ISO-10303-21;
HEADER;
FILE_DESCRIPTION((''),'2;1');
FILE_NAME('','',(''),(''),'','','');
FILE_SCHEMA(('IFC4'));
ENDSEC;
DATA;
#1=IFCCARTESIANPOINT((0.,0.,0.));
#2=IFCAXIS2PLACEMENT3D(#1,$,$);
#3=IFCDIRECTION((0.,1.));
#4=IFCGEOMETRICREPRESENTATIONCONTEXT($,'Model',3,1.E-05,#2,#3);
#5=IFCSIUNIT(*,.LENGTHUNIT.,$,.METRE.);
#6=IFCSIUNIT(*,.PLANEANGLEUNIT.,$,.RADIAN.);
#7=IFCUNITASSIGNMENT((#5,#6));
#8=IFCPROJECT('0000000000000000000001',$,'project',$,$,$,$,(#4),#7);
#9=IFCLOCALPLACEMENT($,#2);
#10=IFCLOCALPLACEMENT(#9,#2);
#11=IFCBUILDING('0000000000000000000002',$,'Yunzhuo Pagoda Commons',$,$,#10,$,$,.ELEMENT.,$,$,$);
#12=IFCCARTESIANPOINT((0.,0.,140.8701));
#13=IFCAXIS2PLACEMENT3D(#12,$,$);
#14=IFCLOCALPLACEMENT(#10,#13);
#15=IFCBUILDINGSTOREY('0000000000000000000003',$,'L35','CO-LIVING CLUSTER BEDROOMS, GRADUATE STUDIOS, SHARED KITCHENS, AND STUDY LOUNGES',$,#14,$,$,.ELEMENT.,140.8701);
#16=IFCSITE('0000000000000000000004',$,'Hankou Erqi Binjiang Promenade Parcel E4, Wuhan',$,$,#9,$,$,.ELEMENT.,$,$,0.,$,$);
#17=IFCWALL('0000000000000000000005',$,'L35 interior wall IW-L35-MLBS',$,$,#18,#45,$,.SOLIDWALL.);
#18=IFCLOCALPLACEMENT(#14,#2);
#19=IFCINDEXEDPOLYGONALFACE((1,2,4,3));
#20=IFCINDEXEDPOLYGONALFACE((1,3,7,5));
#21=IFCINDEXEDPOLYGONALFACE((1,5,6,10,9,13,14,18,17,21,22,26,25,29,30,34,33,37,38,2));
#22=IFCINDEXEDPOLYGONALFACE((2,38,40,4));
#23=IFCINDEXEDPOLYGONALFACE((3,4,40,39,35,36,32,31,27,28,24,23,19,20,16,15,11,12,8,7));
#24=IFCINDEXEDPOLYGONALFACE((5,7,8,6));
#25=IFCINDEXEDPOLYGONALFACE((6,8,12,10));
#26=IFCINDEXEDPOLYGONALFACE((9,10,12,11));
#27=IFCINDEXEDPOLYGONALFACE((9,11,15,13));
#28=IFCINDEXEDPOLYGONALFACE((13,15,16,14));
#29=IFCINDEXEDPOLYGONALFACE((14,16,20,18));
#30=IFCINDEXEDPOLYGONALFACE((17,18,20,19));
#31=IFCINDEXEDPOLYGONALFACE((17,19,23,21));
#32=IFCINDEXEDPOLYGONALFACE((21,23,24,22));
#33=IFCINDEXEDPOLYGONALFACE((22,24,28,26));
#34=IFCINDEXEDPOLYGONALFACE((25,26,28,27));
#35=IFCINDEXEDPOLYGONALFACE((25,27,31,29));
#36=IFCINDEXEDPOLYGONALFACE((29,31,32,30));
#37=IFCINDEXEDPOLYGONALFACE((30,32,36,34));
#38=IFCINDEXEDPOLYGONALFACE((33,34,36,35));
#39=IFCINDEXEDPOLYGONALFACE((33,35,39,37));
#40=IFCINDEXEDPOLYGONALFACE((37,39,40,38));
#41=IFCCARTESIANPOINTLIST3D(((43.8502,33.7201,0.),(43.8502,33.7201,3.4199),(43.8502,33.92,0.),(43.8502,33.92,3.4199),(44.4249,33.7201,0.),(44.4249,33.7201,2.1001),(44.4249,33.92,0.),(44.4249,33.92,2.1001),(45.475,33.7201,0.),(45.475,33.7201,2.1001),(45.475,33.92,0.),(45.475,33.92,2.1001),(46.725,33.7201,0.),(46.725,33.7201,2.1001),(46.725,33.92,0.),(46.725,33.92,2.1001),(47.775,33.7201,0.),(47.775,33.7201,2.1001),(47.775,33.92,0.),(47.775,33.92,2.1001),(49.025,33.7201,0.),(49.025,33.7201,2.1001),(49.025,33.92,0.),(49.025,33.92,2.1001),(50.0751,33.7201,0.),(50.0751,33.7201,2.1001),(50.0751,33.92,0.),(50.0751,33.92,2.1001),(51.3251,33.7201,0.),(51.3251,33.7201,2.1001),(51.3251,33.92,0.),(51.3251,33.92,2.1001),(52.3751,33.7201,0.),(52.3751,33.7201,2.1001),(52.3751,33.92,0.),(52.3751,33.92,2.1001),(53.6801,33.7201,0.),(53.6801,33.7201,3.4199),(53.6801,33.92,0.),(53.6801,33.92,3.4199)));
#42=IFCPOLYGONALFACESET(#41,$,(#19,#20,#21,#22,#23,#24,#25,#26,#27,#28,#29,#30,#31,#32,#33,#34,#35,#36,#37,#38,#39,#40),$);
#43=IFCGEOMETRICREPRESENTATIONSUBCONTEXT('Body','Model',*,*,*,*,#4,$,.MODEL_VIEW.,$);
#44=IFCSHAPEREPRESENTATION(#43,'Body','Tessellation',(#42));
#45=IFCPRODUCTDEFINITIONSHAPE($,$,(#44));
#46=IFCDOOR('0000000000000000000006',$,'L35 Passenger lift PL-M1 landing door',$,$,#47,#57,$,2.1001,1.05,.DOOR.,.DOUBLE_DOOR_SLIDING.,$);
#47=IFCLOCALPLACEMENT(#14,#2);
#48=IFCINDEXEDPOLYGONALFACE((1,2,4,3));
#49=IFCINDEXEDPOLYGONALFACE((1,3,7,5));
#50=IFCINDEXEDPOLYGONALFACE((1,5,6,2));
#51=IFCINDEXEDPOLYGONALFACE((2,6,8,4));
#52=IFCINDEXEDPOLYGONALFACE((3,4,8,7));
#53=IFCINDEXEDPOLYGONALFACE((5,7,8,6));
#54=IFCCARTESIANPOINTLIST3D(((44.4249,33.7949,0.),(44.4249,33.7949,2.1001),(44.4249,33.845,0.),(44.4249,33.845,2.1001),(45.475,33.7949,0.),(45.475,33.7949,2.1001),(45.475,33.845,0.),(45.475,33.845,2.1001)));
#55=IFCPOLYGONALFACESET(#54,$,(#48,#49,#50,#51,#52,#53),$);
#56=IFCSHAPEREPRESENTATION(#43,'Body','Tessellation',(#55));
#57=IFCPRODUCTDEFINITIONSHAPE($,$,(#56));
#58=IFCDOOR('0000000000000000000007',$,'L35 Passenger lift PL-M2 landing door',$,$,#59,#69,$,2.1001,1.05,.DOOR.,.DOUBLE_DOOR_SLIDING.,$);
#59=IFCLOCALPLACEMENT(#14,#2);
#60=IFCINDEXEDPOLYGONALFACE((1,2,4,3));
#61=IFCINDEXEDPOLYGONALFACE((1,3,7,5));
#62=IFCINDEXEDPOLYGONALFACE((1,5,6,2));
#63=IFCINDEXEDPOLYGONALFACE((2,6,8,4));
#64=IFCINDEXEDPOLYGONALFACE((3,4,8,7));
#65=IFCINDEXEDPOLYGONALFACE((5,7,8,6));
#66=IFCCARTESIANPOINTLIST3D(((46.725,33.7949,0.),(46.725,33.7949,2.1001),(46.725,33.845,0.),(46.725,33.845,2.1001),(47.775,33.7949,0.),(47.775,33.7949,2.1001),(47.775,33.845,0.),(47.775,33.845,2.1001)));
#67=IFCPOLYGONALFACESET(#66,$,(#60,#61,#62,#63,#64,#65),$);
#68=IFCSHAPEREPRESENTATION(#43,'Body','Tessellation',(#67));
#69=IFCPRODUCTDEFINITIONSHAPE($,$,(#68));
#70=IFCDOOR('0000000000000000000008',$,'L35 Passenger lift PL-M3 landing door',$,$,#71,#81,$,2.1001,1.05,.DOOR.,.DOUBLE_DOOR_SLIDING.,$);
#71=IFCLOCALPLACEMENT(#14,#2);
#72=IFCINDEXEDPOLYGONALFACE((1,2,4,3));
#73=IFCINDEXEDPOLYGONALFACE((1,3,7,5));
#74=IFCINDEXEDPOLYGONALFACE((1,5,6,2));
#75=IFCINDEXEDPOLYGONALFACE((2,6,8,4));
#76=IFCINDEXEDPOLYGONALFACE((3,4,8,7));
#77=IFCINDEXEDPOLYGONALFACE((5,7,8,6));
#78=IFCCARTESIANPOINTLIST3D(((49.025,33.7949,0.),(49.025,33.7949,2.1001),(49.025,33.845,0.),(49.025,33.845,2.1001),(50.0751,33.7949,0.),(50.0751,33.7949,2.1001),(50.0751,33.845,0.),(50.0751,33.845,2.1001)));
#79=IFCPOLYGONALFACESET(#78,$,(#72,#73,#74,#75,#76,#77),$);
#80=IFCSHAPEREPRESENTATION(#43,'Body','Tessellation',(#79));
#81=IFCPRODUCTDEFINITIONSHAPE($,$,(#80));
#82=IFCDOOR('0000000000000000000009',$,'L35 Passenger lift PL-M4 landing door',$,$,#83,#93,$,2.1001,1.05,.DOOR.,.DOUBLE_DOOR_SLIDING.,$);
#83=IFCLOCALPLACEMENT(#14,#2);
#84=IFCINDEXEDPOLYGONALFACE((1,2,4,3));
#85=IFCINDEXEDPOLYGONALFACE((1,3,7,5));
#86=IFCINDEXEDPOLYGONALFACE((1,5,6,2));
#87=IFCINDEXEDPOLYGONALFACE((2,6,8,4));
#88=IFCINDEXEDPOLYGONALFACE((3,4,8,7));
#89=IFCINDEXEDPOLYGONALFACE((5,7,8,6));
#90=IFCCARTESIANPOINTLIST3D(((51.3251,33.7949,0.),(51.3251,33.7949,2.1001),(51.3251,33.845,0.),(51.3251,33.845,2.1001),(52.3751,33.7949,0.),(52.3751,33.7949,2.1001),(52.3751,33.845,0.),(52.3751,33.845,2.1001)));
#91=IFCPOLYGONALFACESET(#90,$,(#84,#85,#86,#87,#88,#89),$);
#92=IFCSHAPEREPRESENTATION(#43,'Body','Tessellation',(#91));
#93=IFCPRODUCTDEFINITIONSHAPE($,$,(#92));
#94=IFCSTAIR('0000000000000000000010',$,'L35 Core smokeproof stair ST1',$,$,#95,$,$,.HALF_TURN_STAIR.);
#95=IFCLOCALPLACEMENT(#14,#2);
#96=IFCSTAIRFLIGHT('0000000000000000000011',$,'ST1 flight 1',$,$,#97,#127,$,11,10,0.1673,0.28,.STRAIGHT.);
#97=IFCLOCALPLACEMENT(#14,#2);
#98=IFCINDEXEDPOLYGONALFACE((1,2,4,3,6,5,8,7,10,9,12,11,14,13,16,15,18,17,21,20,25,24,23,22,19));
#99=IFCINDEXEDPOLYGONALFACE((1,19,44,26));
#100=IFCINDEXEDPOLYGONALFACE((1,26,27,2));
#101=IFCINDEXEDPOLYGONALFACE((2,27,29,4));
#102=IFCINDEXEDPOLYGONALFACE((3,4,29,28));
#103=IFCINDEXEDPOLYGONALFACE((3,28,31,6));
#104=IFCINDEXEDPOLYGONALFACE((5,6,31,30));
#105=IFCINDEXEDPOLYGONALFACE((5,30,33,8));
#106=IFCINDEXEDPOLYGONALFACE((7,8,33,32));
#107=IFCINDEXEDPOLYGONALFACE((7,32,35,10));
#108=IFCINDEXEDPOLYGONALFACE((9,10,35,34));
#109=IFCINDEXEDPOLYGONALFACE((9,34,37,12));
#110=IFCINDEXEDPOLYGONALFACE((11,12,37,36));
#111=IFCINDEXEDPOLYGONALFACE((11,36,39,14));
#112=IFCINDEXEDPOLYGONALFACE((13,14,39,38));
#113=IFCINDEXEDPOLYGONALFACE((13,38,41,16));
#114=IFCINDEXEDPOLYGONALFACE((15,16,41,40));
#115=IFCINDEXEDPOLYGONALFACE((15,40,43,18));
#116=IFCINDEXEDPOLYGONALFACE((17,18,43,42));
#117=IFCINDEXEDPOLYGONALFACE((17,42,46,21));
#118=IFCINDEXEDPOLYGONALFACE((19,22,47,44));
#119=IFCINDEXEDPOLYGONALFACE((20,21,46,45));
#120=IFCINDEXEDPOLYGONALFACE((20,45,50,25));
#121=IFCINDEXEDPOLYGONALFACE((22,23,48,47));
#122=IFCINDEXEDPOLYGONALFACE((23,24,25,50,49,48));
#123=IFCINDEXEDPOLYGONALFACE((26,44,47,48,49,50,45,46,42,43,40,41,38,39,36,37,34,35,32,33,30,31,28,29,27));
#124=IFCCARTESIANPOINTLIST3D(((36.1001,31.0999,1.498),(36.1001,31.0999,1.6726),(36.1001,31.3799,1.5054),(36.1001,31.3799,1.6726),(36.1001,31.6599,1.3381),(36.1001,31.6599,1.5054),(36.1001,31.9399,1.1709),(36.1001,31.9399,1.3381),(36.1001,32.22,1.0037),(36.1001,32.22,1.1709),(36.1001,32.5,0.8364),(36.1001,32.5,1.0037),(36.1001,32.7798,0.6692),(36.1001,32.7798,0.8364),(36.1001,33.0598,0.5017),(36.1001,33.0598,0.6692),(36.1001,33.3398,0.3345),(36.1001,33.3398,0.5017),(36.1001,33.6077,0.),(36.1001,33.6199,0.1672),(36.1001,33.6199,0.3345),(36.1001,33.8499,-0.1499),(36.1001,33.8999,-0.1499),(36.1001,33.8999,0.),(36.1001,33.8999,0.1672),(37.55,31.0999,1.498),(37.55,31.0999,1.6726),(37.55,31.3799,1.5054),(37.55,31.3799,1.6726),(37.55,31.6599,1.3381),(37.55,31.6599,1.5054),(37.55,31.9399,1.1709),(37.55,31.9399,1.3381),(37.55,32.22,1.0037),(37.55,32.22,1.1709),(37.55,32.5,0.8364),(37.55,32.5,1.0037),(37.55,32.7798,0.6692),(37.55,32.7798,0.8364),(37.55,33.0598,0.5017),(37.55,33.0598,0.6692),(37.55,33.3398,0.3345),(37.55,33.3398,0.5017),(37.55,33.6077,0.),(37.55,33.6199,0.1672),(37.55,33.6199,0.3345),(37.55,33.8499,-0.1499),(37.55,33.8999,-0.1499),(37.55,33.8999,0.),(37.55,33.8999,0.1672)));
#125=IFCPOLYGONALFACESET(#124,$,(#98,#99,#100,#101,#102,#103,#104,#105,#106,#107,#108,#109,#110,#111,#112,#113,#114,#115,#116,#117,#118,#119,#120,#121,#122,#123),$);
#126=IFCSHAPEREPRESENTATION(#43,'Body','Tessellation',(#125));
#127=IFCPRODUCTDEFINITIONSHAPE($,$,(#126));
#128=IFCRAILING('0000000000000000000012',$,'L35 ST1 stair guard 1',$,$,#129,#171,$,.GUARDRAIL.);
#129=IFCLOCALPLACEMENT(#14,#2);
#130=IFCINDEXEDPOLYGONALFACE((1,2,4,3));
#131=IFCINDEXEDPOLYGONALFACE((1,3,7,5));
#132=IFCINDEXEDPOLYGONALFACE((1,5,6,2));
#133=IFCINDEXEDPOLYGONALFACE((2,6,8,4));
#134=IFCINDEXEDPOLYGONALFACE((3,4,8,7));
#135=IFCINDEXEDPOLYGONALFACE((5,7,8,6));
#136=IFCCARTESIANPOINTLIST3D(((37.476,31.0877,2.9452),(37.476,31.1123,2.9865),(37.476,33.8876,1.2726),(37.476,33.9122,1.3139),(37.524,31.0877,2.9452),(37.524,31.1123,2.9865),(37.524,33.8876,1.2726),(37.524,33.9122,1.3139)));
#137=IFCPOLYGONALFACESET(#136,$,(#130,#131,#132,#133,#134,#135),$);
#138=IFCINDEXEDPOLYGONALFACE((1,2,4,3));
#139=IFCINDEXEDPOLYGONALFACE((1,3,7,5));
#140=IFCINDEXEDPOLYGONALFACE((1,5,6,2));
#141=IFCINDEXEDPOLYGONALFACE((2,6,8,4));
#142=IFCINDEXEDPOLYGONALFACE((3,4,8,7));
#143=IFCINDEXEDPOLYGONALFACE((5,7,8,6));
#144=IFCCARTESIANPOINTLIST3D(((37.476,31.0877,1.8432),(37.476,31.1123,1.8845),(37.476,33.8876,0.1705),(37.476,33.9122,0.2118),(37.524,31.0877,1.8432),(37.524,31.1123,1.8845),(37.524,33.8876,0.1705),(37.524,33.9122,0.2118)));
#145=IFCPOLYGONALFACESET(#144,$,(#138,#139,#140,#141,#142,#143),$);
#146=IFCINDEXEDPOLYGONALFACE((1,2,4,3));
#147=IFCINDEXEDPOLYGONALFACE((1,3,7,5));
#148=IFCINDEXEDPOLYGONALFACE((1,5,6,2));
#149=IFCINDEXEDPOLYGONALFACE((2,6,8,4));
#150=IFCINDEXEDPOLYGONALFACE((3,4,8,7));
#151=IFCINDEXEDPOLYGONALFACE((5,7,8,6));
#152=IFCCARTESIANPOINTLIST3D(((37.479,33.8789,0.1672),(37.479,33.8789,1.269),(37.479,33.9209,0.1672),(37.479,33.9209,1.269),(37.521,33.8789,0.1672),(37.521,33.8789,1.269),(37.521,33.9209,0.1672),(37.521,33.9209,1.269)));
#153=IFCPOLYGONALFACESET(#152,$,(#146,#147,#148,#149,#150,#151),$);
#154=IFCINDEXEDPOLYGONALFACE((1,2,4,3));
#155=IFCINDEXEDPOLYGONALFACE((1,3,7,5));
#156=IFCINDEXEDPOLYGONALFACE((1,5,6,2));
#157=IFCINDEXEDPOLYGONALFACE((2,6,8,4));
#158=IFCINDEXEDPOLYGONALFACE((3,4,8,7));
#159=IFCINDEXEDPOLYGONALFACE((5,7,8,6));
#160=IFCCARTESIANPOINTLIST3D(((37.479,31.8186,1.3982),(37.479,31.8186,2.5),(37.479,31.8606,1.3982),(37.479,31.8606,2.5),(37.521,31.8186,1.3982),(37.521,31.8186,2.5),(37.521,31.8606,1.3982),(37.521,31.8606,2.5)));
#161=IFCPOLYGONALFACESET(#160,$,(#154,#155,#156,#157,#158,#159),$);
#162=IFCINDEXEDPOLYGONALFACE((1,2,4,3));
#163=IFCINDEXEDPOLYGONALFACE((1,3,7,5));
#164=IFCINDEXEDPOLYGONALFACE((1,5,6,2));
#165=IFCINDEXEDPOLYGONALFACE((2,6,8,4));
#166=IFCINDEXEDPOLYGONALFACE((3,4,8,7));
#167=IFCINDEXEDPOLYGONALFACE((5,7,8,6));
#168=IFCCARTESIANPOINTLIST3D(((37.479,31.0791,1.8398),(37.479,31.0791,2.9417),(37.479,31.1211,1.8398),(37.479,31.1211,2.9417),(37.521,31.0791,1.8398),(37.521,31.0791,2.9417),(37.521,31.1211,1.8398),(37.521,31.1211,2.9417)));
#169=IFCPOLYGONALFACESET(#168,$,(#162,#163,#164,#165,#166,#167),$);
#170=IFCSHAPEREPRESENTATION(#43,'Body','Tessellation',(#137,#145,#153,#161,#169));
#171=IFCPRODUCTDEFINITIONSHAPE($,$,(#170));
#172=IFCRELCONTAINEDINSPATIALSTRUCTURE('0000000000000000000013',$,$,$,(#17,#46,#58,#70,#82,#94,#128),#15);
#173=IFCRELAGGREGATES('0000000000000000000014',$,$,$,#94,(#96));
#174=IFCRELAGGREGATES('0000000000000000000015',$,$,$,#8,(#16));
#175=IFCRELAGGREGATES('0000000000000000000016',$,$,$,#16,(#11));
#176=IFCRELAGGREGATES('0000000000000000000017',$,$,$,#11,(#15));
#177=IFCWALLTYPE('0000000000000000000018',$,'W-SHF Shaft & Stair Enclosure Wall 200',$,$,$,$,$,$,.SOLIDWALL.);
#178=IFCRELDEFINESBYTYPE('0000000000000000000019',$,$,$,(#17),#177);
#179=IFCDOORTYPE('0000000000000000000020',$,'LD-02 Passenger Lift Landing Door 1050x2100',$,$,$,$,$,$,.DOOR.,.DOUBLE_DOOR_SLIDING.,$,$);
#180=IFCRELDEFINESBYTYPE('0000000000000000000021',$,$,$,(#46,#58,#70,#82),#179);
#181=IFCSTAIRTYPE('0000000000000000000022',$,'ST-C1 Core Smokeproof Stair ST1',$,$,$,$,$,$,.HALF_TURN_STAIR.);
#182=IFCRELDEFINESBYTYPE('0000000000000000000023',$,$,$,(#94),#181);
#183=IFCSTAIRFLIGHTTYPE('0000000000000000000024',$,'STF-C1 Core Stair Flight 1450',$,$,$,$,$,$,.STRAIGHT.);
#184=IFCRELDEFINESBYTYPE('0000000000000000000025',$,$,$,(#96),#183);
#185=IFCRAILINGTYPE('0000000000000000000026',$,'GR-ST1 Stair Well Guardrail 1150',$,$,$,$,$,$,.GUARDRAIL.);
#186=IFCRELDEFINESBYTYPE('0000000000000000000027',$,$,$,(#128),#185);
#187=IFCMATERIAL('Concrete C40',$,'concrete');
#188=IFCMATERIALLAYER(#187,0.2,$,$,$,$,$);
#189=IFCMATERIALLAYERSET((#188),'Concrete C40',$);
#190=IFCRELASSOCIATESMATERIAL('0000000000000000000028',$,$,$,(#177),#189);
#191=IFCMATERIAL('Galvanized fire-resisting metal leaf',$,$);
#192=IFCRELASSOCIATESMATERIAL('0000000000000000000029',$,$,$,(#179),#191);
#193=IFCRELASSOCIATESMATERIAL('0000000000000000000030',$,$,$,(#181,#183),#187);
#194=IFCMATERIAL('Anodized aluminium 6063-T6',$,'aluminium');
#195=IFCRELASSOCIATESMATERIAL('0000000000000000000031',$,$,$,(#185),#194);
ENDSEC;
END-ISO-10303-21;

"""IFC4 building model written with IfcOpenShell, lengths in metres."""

from ifc_helpers import new_model, si_unit, direction, frame, frame_2d, origin, origin_with_axes, origin_2d, place, context, subcontext, project, spatial, polyline, rectangle, outline, extrude, source, transform, mapped, material, layer, layer_set, type_object, element, fill, aggregate, save


model = new_model("IFC4")

# Units and contexts
model_context = context("Model", 3, precision=1e-05, world=origin(), true_north=direction((0.0, 1.0)))
body_context = subcontext(model_context, "Body", "Model", "MODEL_VIEW")
ifc_project = project(units=[si_unit("LENGTHUNIT", "METRE"), si_unit("PLANEANGLEUNIT", "RADIAN")], contexts=[model_context])

# Site, building, storey
site_placement = place(None, origin())
site = spatial("IfcSite", under=ifc_project, at=site_placement, Name="Hankou Erqi Binjiang Promenade Parcel E4, Wuhan", CompositionType="ELEMENT", RefElevation=0.0)
building_placement = place(site_placement, origin())
building = spatial("IfcBuilding", under=site, at=building_placement, Name="Yunzhuo Pagoda Commons", CompositionType="ELEMENT")
storey_placement = place(building_placement, frame((0.0, 0.0, 140.8701)))
storey = spatial("IfcBuildingStorey", under=building, at=storey_placement, Name="L35", Description="CO-LIVING CLUSTER BEDROOMS, GRADUATE STUDIOS, SHARED KITCHENS, AND STUDY LOUNGES", CompositionType="ELEMENT", Elevation=140.8701)

# Shared definitions
ifc_material_1 = material(Name="Galvanized fire-resisting metal leaf")
shared_shape_1 = source(origin(), body_context, "Body", "SweptSolid", [
    extrude(rectangle(XDim=1.05, YDim=2.1001, at=frame_2d((0.5249, 1.05))), frame((0.0, 0.0249, 0.0), z_axis=(0.0, -1.0, 0.0), x_axis=(1.0, 0.0, 0.0)), (0.0, 0.0, 1.0), 0.05),
])
ifc_material_2 = material(Name="Concrete C40", Category="concrete")
ifc_layer_1 = layer(ifc_material_2, 0.2)
ifc_layer_set_1 = layer_set([ifc_layer_1], Name="Concrete C40")
wall_type_1 = type_object("IfcWallType", Name="W-SHF Shaft & Stair Enclosure Wall 200", PredefinedType="SOLIDWALL", material=ifc_layer_set_1)
door_type_1 = type_object("IfcDoorType", Name="LD-02 Passenger Lift Landing Door 1050x2100", OperationType="DOUBLE_DOOR_SLIDING", PredefinedType="DOOR", material=ifc_material_1)

# Wall, openings, doors
wall_1_placement = place(storey_placement, frame((43.8501, 33.8201, 0.0), z_axis=(0.0, 0.0, 1.0), x_axis=(1.0, 0.0, 0.0)))
wall_1 = element("IfcWall", 1, at=wall_1_placement, inside=storey, type_object=wall_type_1, Name="L35 interior wall IW-L35-MLBS", PredefinedType="SOLIDWALL", context=body_context, shape_type="SweptSolid", body=[
    extrude(rectangle(XDim=9.8298, YDim=0.2, at=frame_2d((4.915, 0.0))), origin(), (0.0, 0.0, 1.0), 3.4199),
])
opening_1_placement = place(wall_1_placement, frame((0.575, 0.0, 0.0)))
opening_1 = element("IfcOpeningElement", 2, at=opening_1_placement, cuts=wall_1, PredefinedType="OPENING", context=body_context, shape_type="SweptSolid", body=[
    extrude(rectangle(XDim=1.05, YDim=2.1001, at=frame_2d((0.5249, 1.05))), frame((0.0, 0.1099, 0.0), z_axis=(0.0, -1.0, 0.0), x_axis=(1.0, 0.0, 0.0)), (0.0, 0.0, 1.0), 0.22),
])
opening_2_placement = place(wall_1_placement, frame((2.875, 0.0, 0.0)))
opening_2 = element("IfcOpeningElement", 3, at=opening_2_placement, cuts=wall_1, PredefinedType="OPENING", context=body_context, shape_type="SweptSolid", body=[
    extrude(rectangle(XDim=1.05, YDim=2.1001, at=frame_2d((0.5249, 1.05))), frame((0.0, 0.1099, 0.0), z_axis=(0.0, -1.0, 0.0), x_axis=(1.0, 0.0, 0.0)), (0.0, 0.0, 1.0), 0.22),
])
opening_3_placement = place(wall_1_placement, frame((5.175, 0.0, 0.0)))
opening_3 = element("IfcOpeningElement", 4, at=opening_3_placement, cuts=wall_1, PredefinedType="OPENING", context=body_context, shape_type="SweptSolid", body=[
    extrude(rectangle(XDim=1.05, YDim=2.1001, at=frame_2d((0.5249, 1.05))), frame((0.0, 0.1099, 0.0), z_axis=(0.0, -1.0, 0.0), x_axis=(1.0, 0.0, 0.0)), (0.0, 0.0, 1.0), 0.22),
])
opening_4_placement = place(wall_1_placement, frame((7.4751, 0.0, 0.0)))
opening_4 = element("IfcOpeningElement", 5, at=opening_4_placement, cuts=wall_1, PredefinedType="OPENING", context=body_context, shape_type="SweptSolid", body=[
    extrude(rectangle(XDim=1.05, YDim=2.1001, at=frame_2d((0.5249, 1.05))), frame((0.0, 0.1099, 0.0), z_axis=(0.0, -1.0, 0.0), x_axis=(1.0, 0.0, 0.0)), (0.0, 0.0, 1.0), 0.22),
])
door_1_placement = place(opening_1_placement, origin_with_axes())
door_1 = element("IfcDoor", 6, at=door_1_placement, inside=storey, type_object=door_type_1, Name="L35 Passenger lift PL-M1 landing door", OperationType="DOUBLE_DOOR_SLIDING", OverallHeight=2.1001, OverallWidth=1.05, PredefinedType="DOOR", context=body_context, shape_type="MappedRepresentation", body=[
    mapped(shared_shape_1, transform((0.0, 0.0, 0.0), scale=1.0)),
])
fill(opening_1, door_1)
door_2_placement = place(opening_2_placement, origin_with_axes())
door_2 = element("IfcDoor", 7, at=door_2_placement, inside=storey, type_object=door_type_1, Name="L35 Passenger lift PL-M2 landing door", OperationType="DOUBLE_DOOR_SLIDING", OverallHeight=2.1001, OverallWidth=1.05, PredefinedType="DOOR", context=body_context, shape_type="MappedRepresentation", body=[
    mapped(shared_shape_1, transform((0.0, 0.0, 0.0), scale=1.0)),
])
fill(opening_2, door_2)
door_3_placement = place(opening_3_placement, origin_with_axes())
door_3 = element("IfcDoor", 8, at=door_3_placement, inside=storey, type_object=door_type_1, Name="L35 Passenger lift PL-M3 landing door", OperationType="DOUBLE_DOOR_SLIDING", OverallHeight=2.1001, OverallWidth=1.05, PredefinedType="DOOR", context=body_context, shape_type="MappedRepresentation", body=[
    mapped(shared_shape_1, transform((0.0, 0.0, 0.0), scale=1.0)),
])
fill(opening_3, door_3)
door_4_placement = place(opening_4_placement, origin_with_axes())
door_4 = element("IfcDoor", 9, at=door_4_placement, inside=storey, type_object=door_type_1, Name="L35 Passenger lift PL-M4 landing door", OperationType="DOUBLE_DOOR_SLIDING", OverallHeight=2.1001, OverallWidth=1.05, PredefinedType="DOOR", context=body_context, shape_type="MappedRepresentation", body=[
    mapped(shared_shape_1, transform((0.0, 0.0, 0.0), scale=1.0)),
])
fill(opening_4, door_4)

# Stair, stair flight
stair_type = type_object("IfcStairType", Name="ST-C1 Core Smokeproof Stair ST1", PredefinedType="HALF_TURN_STAIR", material=ifc_material_2)
stair_placement = place(storey_placement, origin())
stair = element("IfcStair", 10, at=stair_placement, inside=storey, type_object=stair_type, Name="L35 Core smokeproof stair ST1", PredefinedType="HALF_TURN_STAIR")
stair_flight_type = type_object("IfcStairFlightType", Name="STF-C1 Core Stair Flight 1450", PredefinedType="STRAIGHT", material=ifc_material_2)
shared_shape_2 = source(origin(), body_context, "Body", "SweptSolid", [
    extrude(outline(polyline([(0.0, -0.1499), (0.0, 0.0), (0.0, 0.1672), (0.28, 0.1672), (0.28, 0.3345), (0.5601, 0.3345), (0.5601, 0.5017), (0.8401, 0.5017), (0.8401, 0.6692), (1.1201, 0.6692), (1.1201, 0.8364), (1.3999, 0.8364), (1.3999, 1.0037), (1.6799, 1.0037), (1.6799, 1.1709), (1.96, 1.1709), (1.96, 1.3381), (2.24, 1.3381), (2.24, 1.5054), (2.52, 1.5054), (2.52, 1.6726), (2.8, 1.6726), (2.8, 1.8401), (2.8, 1.498), (0.2922, 0.0), (0.05, -0.1499), (0.0, -0.1499)])), frame((0.0, 0.7251, 0.0), z_axis=(0.0, -1.0, 0.0), x_axis=(1.0, 0.0, 0.0)), (0.0, 0.0, 1.0), 1.45),
])
stair_flight_placement = place(storey_placement, frame((36.825, 33.8999, 0.0), z_axis=(0.0, 0.0, 1.0), x_axis=(0.0, -1.0, 0.0)))
stair_flight = element("IfcStairFlight", 11, at=stair_flight_placement, type_object=stair_flight_type, Name="ST1 flight 1", NumberOfRisers=11, NumberOfTreads=10, PredefinedType="STRAIGHT", RiserHeight=0.1673, TreadLength=0.28, context=body_context, shape_type="MappedRepresentation", body=[
    mapped(shared_shape_2, transform((0.0, 0.0, 0.0), scale=1.0)),
])
aggregate(stair, [stair_flight])

# Railing
ifc_material_3 = material(Name="Anodized aluminium 6063-T6", Category="aluminium")
railing_type_1 = type_object("IfcRailingType", Name="GR-ST1 Stair Well Guardrail 1150", PredefinedType="GUARDRAIL", material=ifc_material_3)
railing_1_placement = place(storey_placement, frame((37.5, 33.8999, 0.1672)))
element("IfcRailing", 12, at=railing_1_placement, inside=storey, type_object=railing_type_1, Name="L35 ST1 stair guard 1", PredefinedType="GUARDRAIL", context=body_context, shape_type="SweptSolid", body=[
    extrude(rectangle(XDim=0.0481, YDim=0.0481, at=origin_2d()), frame((0.0, 0.0, 1.126), z_axis=(0.0, -0.858476, 0.512855), x_axis=(1.0, 0.0, 0.0)), (0.0, 0.0, 1.0), 3.2615),
    extrude(rectangle(XDim=0.0481, YDim=0.0481, at=origin_2d()), frame((0.0, 0.0, 0.0239), z_axis=(0.0, -0.858476, 0.512855), x_axis=(1.0, 0.0, 0.0)), (0.0, 0.0, 1.0), 3.2615),
    extrude(rectangle(XDim=0.042, YDim=0.042, at=origin_2d()), origin(), (0.0, 0.0, 1.0), 1.1018),
    extrude(rectangle(XDim=0.042, YDim=0.042, at=origin_2d()), frame((0.0, -2.0603, 1.231)), (0.0, 0.0, 1.0), 1.1018),
    extrude(rectangle(XDim=0.042, YDim=0.042, at=origin_2d()), frame((0.0, -2.7998, 1.6726)), (0.0, 0.0, 1.0), 1.1018),
])

save(model, "model.ifc")
